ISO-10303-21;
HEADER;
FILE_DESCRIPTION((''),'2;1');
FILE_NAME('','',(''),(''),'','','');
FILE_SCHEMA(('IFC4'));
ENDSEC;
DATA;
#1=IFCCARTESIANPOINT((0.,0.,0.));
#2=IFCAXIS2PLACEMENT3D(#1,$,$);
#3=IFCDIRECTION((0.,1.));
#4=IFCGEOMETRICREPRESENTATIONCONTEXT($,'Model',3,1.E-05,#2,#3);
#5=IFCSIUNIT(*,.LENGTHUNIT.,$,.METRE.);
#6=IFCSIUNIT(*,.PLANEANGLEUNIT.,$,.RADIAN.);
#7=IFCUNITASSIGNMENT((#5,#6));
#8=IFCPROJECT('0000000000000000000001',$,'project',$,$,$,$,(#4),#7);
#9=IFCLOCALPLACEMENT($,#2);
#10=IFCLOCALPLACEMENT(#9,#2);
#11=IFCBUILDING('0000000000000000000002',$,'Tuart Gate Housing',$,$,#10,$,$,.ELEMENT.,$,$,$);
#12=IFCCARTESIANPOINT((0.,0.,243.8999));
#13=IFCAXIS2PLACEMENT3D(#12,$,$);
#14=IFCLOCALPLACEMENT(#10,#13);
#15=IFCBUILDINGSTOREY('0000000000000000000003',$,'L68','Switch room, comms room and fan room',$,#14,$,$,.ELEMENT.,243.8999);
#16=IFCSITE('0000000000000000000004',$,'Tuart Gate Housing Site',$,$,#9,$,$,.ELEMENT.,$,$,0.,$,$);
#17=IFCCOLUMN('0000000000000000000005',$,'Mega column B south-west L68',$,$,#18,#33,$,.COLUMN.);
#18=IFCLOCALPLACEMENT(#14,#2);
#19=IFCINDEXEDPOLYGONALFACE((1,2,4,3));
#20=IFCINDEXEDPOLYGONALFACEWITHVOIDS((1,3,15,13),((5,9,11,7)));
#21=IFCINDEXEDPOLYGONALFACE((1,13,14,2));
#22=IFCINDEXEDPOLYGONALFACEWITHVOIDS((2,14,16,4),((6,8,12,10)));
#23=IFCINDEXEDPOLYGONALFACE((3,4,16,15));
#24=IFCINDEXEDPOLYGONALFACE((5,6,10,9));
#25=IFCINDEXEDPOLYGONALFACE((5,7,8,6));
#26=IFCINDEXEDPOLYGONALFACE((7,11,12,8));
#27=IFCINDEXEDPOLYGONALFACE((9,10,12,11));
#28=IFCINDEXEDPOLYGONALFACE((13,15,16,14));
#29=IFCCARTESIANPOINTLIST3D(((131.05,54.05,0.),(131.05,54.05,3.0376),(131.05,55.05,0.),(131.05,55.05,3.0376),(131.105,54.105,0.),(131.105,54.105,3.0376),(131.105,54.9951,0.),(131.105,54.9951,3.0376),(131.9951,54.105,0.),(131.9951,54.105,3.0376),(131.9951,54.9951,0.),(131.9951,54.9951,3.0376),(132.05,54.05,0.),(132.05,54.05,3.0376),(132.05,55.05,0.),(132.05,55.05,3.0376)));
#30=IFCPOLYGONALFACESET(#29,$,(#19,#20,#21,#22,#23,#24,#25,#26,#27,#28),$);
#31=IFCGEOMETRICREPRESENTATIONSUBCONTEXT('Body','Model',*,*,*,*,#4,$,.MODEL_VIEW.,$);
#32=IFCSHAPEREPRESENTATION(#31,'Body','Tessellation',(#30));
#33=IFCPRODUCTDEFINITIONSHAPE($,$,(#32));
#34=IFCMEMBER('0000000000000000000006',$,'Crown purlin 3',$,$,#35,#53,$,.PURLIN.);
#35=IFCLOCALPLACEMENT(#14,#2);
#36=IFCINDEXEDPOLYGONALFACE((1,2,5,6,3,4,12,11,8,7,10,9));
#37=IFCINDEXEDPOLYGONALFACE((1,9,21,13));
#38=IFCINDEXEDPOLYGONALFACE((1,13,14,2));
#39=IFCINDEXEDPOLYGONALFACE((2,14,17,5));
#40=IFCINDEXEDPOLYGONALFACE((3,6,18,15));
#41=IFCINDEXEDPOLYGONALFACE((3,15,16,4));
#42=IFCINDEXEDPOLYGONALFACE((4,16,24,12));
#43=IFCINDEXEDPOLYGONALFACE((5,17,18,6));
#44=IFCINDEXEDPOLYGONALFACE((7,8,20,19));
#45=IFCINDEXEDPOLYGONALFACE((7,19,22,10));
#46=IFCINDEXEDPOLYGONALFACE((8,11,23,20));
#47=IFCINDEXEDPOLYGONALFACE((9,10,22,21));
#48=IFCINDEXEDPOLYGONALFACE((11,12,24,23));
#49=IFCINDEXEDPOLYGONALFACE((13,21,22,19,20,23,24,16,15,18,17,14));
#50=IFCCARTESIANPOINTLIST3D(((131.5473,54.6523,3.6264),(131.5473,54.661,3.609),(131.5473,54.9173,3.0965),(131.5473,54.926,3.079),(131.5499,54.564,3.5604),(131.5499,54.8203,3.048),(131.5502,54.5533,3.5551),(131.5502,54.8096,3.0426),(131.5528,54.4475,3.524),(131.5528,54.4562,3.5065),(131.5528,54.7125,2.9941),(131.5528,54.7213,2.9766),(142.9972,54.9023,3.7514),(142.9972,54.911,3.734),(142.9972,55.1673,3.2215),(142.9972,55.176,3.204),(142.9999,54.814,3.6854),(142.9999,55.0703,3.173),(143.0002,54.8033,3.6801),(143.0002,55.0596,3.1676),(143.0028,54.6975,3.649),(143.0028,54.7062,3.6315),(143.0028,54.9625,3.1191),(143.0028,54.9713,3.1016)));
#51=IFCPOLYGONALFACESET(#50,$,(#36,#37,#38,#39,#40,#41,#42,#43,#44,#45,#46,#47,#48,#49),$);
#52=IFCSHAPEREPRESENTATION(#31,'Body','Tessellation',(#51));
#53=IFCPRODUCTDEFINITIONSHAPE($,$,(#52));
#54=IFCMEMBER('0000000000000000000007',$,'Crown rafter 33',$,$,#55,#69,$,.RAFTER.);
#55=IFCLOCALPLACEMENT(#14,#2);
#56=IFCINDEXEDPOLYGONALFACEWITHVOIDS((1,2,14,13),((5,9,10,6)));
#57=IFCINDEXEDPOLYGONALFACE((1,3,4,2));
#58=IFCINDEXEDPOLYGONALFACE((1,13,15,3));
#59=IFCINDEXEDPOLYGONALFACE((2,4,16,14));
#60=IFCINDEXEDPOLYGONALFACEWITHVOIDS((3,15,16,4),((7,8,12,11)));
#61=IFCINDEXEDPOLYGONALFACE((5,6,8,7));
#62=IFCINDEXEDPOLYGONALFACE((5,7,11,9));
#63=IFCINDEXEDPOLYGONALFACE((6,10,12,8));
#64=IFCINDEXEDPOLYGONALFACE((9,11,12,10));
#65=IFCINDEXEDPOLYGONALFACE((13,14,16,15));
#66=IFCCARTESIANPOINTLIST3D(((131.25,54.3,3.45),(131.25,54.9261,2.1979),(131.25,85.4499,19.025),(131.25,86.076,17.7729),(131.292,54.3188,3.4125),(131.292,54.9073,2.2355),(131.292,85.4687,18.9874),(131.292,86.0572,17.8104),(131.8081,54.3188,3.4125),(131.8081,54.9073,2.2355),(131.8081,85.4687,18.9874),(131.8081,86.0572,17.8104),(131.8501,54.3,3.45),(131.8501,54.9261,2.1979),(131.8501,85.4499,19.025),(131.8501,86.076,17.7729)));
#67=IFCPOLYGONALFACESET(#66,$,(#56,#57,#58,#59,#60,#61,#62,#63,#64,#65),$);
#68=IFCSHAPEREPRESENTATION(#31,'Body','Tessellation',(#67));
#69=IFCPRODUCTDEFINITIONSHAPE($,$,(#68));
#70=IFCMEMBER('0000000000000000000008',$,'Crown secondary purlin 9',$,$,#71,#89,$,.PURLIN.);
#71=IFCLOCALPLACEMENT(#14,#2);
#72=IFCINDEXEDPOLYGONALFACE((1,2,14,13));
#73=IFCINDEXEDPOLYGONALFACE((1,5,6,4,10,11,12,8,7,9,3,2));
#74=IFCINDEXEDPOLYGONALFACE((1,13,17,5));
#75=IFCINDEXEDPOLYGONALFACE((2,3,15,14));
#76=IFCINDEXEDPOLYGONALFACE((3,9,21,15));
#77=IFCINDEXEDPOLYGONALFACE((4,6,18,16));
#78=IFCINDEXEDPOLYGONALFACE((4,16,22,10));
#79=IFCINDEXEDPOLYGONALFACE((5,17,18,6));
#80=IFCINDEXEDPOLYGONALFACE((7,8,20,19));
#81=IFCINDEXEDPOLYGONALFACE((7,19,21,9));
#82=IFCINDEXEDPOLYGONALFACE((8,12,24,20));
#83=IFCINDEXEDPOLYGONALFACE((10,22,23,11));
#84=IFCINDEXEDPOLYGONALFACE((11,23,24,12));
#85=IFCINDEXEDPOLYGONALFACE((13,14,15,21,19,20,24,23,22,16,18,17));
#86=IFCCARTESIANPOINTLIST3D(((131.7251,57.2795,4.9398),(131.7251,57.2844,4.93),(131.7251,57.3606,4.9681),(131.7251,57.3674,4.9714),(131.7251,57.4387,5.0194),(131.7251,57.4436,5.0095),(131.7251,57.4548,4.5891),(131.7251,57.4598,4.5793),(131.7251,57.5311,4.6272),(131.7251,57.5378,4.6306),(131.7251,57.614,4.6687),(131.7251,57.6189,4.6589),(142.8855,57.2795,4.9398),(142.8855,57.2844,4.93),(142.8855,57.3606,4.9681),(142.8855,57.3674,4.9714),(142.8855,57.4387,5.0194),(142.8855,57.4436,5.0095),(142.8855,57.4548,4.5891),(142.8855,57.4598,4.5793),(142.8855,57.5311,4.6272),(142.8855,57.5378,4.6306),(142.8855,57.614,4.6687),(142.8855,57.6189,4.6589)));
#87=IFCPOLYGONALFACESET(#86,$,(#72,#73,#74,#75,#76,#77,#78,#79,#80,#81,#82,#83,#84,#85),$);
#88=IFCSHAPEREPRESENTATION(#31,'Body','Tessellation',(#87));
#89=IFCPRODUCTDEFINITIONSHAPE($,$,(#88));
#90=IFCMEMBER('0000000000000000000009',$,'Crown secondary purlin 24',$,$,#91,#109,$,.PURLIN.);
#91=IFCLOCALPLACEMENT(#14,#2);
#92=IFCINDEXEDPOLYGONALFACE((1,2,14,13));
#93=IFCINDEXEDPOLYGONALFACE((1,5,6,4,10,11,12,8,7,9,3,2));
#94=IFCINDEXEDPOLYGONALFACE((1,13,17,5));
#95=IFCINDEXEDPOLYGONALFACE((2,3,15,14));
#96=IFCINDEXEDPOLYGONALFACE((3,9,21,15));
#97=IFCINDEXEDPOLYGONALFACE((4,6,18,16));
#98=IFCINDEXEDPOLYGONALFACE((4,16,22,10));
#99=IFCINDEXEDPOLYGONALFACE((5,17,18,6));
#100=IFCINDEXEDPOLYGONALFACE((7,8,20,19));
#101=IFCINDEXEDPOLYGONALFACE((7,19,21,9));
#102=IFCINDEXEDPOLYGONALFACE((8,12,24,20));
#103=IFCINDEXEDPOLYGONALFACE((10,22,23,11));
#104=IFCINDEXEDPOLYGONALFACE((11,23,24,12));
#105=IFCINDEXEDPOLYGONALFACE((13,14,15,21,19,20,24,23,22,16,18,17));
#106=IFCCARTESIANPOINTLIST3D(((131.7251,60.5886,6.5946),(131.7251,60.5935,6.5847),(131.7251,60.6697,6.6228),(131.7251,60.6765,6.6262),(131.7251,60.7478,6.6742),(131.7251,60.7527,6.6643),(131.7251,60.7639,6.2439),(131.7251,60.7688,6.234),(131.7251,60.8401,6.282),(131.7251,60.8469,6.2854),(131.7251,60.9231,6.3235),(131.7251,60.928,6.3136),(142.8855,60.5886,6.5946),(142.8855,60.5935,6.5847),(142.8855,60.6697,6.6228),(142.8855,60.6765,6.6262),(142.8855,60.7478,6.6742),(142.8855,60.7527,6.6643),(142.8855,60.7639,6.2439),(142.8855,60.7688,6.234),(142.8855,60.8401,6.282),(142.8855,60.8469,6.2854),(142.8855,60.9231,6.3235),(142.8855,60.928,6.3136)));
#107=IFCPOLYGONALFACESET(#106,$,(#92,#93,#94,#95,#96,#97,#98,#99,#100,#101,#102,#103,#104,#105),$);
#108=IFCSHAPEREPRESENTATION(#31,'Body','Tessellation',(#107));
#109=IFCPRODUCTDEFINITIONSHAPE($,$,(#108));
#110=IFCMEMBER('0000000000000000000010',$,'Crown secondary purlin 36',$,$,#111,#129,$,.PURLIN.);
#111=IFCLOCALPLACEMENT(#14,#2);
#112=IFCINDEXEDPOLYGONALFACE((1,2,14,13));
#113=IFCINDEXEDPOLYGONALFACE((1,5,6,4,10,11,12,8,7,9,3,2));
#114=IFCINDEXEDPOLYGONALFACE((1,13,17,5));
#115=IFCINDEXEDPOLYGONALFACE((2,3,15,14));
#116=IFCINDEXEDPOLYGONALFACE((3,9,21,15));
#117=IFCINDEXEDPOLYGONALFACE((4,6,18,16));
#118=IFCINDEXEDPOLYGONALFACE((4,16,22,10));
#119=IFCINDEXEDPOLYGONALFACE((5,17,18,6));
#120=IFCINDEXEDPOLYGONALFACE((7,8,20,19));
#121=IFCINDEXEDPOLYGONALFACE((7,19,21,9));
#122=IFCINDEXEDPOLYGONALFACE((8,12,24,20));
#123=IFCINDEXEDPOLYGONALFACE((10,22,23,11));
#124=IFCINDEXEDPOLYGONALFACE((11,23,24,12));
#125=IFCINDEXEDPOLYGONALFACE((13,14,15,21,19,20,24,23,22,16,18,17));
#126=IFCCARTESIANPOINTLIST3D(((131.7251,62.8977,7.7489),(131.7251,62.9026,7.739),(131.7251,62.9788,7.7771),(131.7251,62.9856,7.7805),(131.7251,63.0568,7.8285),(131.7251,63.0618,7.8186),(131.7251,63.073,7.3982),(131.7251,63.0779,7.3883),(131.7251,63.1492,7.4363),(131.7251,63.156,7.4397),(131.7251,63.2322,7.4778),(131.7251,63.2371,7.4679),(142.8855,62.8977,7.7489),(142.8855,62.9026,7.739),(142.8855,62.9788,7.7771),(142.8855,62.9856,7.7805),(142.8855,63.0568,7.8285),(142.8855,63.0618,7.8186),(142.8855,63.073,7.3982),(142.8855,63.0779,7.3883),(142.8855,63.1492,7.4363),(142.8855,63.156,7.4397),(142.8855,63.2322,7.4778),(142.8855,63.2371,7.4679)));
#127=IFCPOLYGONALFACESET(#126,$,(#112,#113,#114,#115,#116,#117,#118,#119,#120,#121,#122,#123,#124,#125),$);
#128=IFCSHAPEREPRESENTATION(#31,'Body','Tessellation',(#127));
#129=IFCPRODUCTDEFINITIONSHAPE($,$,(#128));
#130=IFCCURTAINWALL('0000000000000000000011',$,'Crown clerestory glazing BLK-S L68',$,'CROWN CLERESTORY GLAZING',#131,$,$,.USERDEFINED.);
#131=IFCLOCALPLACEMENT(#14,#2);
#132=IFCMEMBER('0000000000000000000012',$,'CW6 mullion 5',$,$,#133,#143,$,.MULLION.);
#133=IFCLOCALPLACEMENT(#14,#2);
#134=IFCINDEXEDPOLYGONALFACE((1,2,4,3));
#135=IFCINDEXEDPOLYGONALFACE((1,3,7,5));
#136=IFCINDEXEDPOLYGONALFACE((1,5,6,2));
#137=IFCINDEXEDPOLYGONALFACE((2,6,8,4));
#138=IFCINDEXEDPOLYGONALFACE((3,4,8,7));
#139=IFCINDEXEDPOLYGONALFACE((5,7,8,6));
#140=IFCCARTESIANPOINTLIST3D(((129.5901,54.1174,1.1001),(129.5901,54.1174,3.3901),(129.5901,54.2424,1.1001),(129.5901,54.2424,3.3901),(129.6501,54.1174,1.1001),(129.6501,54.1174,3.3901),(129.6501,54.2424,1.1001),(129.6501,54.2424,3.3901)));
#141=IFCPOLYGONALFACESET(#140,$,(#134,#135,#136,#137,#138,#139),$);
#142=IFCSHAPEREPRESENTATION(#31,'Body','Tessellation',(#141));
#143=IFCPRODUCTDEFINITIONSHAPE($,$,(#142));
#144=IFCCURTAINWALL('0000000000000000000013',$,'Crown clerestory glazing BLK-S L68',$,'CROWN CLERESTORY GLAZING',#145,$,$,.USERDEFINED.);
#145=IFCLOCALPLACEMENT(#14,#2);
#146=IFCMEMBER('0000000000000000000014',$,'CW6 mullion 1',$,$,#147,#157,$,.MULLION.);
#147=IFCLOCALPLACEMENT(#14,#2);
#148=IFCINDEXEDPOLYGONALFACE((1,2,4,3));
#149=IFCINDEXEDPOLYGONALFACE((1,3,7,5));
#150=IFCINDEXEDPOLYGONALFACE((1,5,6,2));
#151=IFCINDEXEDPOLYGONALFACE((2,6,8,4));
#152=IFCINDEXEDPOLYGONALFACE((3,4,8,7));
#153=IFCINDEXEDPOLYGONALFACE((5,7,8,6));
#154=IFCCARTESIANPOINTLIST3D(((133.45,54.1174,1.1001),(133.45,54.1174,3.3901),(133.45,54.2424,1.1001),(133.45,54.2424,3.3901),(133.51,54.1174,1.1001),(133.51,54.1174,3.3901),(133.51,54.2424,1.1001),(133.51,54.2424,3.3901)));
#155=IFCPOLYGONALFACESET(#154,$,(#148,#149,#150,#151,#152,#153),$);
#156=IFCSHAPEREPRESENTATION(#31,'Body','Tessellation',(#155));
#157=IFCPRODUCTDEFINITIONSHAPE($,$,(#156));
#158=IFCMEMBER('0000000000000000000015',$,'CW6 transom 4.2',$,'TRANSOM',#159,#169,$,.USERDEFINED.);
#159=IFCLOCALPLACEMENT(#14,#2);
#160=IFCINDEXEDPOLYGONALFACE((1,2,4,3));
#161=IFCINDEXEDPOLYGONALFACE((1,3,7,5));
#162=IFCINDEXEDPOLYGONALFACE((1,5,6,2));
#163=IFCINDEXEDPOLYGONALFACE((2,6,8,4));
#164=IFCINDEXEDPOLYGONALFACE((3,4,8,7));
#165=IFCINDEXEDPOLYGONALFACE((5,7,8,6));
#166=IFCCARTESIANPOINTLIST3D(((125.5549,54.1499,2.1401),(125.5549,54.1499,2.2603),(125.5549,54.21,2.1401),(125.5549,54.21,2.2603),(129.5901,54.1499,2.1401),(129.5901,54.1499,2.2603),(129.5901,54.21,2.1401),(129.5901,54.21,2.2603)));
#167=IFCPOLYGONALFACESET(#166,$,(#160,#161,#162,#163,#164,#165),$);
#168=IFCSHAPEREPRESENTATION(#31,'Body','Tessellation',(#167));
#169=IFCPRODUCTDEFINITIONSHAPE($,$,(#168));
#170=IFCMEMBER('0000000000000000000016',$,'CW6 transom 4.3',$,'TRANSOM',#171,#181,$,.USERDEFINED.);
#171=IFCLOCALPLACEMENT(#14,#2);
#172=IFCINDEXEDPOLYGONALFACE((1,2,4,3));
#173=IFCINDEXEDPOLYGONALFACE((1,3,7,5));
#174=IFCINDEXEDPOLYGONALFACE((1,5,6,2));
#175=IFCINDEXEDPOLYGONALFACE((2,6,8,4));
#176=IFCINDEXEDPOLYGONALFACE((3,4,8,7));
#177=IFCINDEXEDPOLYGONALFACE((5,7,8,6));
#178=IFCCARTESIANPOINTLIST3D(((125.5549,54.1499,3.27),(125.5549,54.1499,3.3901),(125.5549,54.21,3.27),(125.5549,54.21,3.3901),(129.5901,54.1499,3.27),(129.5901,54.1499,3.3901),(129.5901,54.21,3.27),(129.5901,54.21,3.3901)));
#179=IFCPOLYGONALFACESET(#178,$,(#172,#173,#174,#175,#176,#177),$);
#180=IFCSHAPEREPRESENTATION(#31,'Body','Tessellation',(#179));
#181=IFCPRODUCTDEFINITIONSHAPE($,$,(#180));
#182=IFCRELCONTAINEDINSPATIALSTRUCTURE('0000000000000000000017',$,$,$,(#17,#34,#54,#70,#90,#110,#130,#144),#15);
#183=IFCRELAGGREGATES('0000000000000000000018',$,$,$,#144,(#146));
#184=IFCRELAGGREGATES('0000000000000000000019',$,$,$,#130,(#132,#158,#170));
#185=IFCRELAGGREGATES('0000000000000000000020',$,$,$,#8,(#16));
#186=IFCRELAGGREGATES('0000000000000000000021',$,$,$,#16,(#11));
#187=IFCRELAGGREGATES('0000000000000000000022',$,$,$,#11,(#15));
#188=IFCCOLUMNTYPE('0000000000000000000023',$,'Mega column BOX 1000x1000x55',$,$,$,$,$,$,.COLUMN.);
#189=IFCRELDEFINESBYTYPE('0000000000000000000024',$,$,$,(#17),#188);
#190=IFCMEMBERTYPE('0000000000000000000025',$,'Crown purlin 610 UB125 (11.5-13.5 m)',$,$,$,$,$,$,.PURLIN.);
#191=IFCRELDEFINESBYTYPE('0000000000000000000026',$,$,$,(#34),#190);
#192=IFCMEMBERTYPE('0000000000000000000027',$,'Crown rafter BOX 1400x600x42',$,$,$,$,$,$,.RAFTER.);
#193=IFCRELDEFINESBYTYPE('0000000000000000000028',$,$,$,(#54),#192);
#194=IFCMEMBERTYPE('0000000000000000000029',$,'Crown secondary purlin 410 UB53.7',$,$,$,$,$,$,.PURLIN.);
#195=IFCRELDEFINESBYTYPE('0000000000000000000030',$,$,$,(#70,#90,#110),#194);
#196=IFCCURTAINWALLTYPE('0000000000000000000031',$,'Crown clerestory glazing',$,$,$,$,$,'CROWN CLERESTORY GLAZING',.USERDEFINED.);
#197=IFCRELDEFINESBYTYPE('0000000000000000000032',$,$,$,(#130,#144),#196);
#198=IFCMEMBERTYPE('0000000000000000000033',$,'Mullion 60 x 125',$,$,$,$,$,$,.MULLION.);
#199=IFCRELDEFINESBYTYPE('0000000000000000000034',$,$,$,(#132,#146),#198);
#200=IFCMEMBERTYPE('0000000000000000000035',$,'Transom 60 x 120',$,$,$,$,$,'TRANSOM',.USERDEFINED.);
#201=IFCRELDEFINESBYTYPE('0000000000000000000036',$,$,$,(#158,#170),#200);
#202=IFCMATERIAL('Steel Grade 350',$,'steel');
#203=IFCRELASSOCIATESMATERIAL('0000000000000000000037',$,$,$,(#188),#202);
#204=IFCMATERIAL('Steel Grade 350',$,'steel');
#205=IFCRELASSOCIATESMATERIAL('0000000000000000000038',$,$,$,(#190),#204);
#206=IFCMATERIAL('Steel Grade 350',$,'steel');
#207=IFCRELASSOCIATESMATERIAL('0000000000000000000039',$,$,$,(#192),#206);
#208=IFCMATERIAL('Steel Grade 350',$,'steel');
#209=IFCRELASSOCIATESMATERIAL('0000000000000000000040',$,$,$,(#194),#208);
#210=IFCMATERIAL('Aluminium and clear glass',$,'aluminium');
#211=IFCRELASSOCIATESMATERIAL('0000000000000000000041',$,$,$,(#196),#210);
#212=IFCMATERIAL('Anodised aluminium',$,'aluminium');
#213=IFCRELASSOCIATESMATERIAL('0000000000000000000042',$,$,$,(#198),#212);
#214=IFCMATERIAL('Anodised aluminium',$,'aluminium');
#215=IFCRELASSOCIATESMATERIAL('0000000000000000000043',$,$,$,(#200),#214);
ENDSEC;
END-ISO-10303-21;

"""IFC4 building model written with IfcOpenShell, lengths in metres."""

from ifc_helpers import new_model, si_unit, direction, frame, origin, origin_2d, place, context, subcontext, project, spatial, rectangle, hollow_rectangle, i_section, extrude, material, material_profile, profile_set, type_object, element, aggregate, save


model = new_model("IFC4")

# Units and contexts
model_context = context("Model", 3, precision=1e-05, world=origin(), true_north=direction((0.0, 1.0)))
body_context = subcontext(model_context, "Body", "Model", "MODEL_VIEW")
ifc_project = project(units=[si_unit("LENGTHUNIT", "METRE"), si_unit("PLANEANGLEUNIT", "RADIAN")], contexts=[model_context])

# Site, building, storey
site_placement = place(None, origin())
site = spatial("IfcSite", under=ifc_project, at=site_placement, Name="Tuart Gate Housing Site", CompositionType="ELEMENT", RefElevation=0.0)
building_placement = place(site_placement, origin())
building = spatial("IfcBuilding", under=site, at=building_placement, Name="Tuart Gate Housing", CompositionType="ELEMENT")
storey_placement = place(building_placement, frame((0.0, 0.0, 243.8999)))
storey = spatial("IfcBuildingStorey", under=building, at=storey_placement, Name="L68", Description="Switch room, comms room and fan room", CompositionType="ELEMENT", Elevation=243.8999)

# Column
ifc_material_1 = material(Name="Steel Grade 350", Category="steel")
ifc_material_profile_1 = material_profile(ifc_material_1, hollow_rectangle(XDim=1.0, YDim=1.0, WallThickness=0.0549, at=origin_2d()), Name="BOX 1000x1000x55")
ifc_profile_set_1 = profile_set([ifc_material_profile_1], Name="Steel Grade 350")
column_type = type_object("IfcColumnType", Name="Mega column BOX 1000x1000x55", PredefinedType="COLUMN", material=ifc_profile_set_1)
column_placement = place(storey_placement, frame((131.55, 54.55, 0.0), z_axis=(0.0, 0.0, 1.0), x_axis=(1.0, 0.0, 0.0)))
element("IfcColumn", 1, at=column_placement, inside=storey, type_object=column_type, Name="Mega column B south-west L68", PredefinedType="COLUMN", context=body_context, shape_type="SweptSolid", body=[
    extrude(hollow_rectangle(XDim=1.0, YDim=1.0, WallThickness=0.0549, at=origin_2d()), origin(), (0.0, 0.0, 1.0), 3.0376),
])

# Members
ifc_material_2 = material(Name="Steel Grade 350", Category="steel")
ifc_material_profile_2 = material_profile(ifc_material_2, i_section(OverallWidth=0.229, OverallDepth=0.6121, WebThickness=0.012, FlangeThickness=0.0195, at=origin_2d()), Name="610UB125")
ifc_profile_set_2 = profile_set([ifc_material_profile_2], Name="Steel Grade 350")
member_type_1 = type_object("IfcMemberType", Name="Crown purlin 610 UB125 (11.5-13.5 m)", PredefinedType="PURLIN", material=ifc_profile_set_2)
member_1_placement = place(storey_placement, frame((131.55, 54.6868, 3.3015), z_axis=(0.999702, 0.021828, 0.010914), x_axis=(-0.024404, 0.894107, 0.447188)))
element("IfcMember", 2, at=member_1_placement, inside=storey, type_object=member_type_1, Name="Crown purlin 3", PredefinedType="PURLIN", context=body_context, shape_type="SweptSolid", body=[
    extrude(i_section(OverallWidth=0.229, OverallDepth=0.6121, WebThickness=0.012, FlangeThickness=0.0195, at=origin_2d()), origin(), (0.0, 0.0, 1.0), 11.4534),
])
ifc_material_3 = material(Name="Steel Grade 350", Category="steel")
ifc_material_profile_3 = material_profile(ifc_material_3, hollow_rectangle(XDim=0.6001, YDim=1.3999, WallThickness=0.042, at=origin_2d()), Name="BOX 1400x600x42")
ifc_profile_set_3 = profile_set([ifc_material_profile_3], Name="Steel Grade 350")
member_type_2 = type_object("IfcMemberType", Name="Crown rafter BOX 1400x600x42", PredefinedType="RAFTER", material=ifc_profile_set_3)
member_2_placement = place(storey_placement, frame((131.55, 54.613, 2.824), z_axis=(0.0, 0.894427, 0.447214), x_axis=(-1.0, 0.0, 0.0)))
element("IfcMember", 3, at=member_2_placement, inside=storey, type_object=member_type_2, Name="Crown rafter 33", PredefinedType="RAFTER", context=body_context, shape_type="SweptSolid", body=[
    extrude(hollow_rectangle(XDim=0.6001, YDim=1.3999, WallThickness=0.042, at=origin_2d()), origin(), (0.0, 0.0, 1.0), 34.8267),
])
ifc_material_4 = material(Name="Steel Grade 350", Category="steel")
ifc_material_profile_4 = material_profile(ifc_material_4, i_section(OverallWidth=0.178, OverallDepth=0.4031, WebThickness=0.0076, FlangeThickness=0.011, at=origin_2d()), Name="410UB53.7")
ifc_profile_set_4 = profile_set([ifc_material_profile_4], Name="Steel Grade 350")
member_type_3 = type_object("IfcMemberType", Name="Crown secondary purlin 410 UB53.7", PredefinedType="PURLIN", material=ifc_profile_set_4)
for number, where, z_axis, x_axis, name in (
    (4, (131.7251, 57.4492, 4.7993), (1.0, 0.0, 0.0), (0.0, 0.894427, 0.447214), "Crown secondary purlin 9"),
    (5, (131.7251, 60.7583, 6.4541), (1.0, 0.0, 0.0), (0.0, 0.894427, 0.447214), "Crown secondary purlin 24"),
    (6, (131.7251, 63.0674, 7.6084), (1.0, 0.0, 0.0), (0.0, 0.894427, 0.447214), "Crown secondary purlin 36"),
):
    element("IfcMember", number, at=place(storey_placement, frame(where, z_axis=z_axis, x_axis=x_axis)), inside=storey, type_object=member_type_3, Name=name, PredefinedType="PURLIN", context=body_context, shape_type="SweptSolid", body=[
        extrude(i_section(OverallWidth=0.178, OverallDepth=0.4031, WebThickness=0.0076, FlangeThickness=0.011, at=origin_2d()), origin(), (0.0, 0.0, 1.0), 11.1604),
    ])

# Curtain walls, members
ifc_material_5 = material(Name="Aluminium and clear glass", Category="aluminium")
curtain_wall_type = type_object("IfcCurtainWallType", Name="Crown clerestory glazing", ElementType="CROWN CLERESTORY GLAZING", PredefinedType="USERDEFINED", material=ifc_material_5)
curtain_wall_1_placement = place(storey_placement, origin())
curtain_wall_1 = element("IfcCurtainWall", 7, at=curtain_wall_1_placement, inside=storey, type_object=curtain_wall_type, Name="Crown clerestory glazing BLK-S L68", ObjectType="CROWN CLERESTORY GLAZING", PredefinedType="USERDEFINED")
ifc_material_6 = material(Name="Anodised aluminium", Category="aluminium")
ifc_material_profile_5 = material_profile(ifc_material_6, rectangle(XDim=0.0601, YDim=0.125, at=origin_2d()), Name="60x125")
ifc_profile_set_5 = profile_set([ifc_material_profile_5], Name="Anodised aluminium")
member_type_4 = type_object("IfcMemberType", Name="Mullion 60 x 125", PredefinedType="MULLION", material=ifc_profile_set_5)
member_3_placement = place(storey_placement, frame((129.6201, 54.1799, 1.1001), z_axis=(0.0, 0.0, 1.0), x_axis=(1.0, 0.0, 0.0)))
member_3 = element("IfcMember", 8, at=member_3_placement, type_object=member_type_4, Name="CW6 mullion 5", PredefinedType="MULLION", context=body_context, shape_type="SweptSolid", body=[
    extrude(rectangle(XDim=0.0601, YDim=0.125, at=origin_2d()), origin(), (0.0, 0.0, 1.0), 2.29),
])
curtain_wall_2_placement = place(storey_placement, origin())
curtain_wall_2 = element("IfcCurtainWall", 9, at=curtain_wall_2_placement, inside=storey, type_object=curtain_wall_type, Name="Crown clerestory glazing BLK-S L68", ObjectType="CROWN CLERESTORY GLAZING", PredefinedType="USERDEFINED")
member_4_placement = place(storey_placement, frame((133.48, 54.1799, 1.1001), z_axis=(0.0, 0.0, 1.0), x_axis=(1.0, 0.0, 0.0)))
member_4 = element("IfcMember", 10, at=member_4_placement, type_object=member_type_4, Name="CW6 mullion 1", PredefinedType="MULLION", context=body_context, shape_type="SweptSolid", body=[
    extrude(rectangle(XDim=0.0601, YDim=0.125, at=origin_2d()), origin(), (0.0, 0.0, 1.0), 2.29),
])

# Members
ifc_material_7 = material(Name="Anodised aluminium", Category="aluminium")
ifc_material_profile_6 = material_profile(ifc_material_7, rectangle(XDim=0.0601, YDim=0.1201, at=origin_2d()), Name="60x120")
ifc_profile_set_6 = profile_set([ifc_material_profile_6], Name="Anodised aluminium")
member_type_5 = type_object("IfcMemberType", Name="Transom 60 x 120", ElementType="TRANSOM", PredefinedType="USERDEFINED", material=ifc_profile_set_6)
member_5_placement = place(storey_placement, frame((125.5549, 54.1799, 2.2002), z_axis=(1.0, 0.0, 0.0), x_axis=(0.0, 1.0, 0.0)))
member_5 = element("IfcMember", 11, at=member_5_placement, type_object=member_type_5, Name="CW6 transom 4.2", ObjectType="TRANSOM", PredefinedType="USERDEFINED", context=body_context, shape_type="SweptSolid", body=[
    extrude(rectangle(XDim=0.0601, YDim=0.1201, at=origin_2d()), origin(), (0.0, 0.0, 1.0), 4.0352),
])
member_6_placement = place(storey_placement, frame((125.5549, 54.1799, 3.3301), z_axis=(1.0, 0.0, 0.0), x_axis=(0.0, 1.0, 0.0)))
member_6 = element("IfcMember", 12, at=member_6_placement, type_object=member_type_5, Name="CW6 transom 4.3", ObjectType="TRANSOM", PredefinedType="USERDEFINED", context=body_context, shape_type="SweptSolid", body=[
    extrude(rectangle(XDim=0.0601, YDim=0.1201, at=origin_2d()), origin(), (0.0, 0.0, 1.0), 4.0352),
])
aggregate(curtain_wall_2, [member_4])

aggregate(curtain_wall_1, [member_3, member_5, member_6])

save(model, "model.ifc")
